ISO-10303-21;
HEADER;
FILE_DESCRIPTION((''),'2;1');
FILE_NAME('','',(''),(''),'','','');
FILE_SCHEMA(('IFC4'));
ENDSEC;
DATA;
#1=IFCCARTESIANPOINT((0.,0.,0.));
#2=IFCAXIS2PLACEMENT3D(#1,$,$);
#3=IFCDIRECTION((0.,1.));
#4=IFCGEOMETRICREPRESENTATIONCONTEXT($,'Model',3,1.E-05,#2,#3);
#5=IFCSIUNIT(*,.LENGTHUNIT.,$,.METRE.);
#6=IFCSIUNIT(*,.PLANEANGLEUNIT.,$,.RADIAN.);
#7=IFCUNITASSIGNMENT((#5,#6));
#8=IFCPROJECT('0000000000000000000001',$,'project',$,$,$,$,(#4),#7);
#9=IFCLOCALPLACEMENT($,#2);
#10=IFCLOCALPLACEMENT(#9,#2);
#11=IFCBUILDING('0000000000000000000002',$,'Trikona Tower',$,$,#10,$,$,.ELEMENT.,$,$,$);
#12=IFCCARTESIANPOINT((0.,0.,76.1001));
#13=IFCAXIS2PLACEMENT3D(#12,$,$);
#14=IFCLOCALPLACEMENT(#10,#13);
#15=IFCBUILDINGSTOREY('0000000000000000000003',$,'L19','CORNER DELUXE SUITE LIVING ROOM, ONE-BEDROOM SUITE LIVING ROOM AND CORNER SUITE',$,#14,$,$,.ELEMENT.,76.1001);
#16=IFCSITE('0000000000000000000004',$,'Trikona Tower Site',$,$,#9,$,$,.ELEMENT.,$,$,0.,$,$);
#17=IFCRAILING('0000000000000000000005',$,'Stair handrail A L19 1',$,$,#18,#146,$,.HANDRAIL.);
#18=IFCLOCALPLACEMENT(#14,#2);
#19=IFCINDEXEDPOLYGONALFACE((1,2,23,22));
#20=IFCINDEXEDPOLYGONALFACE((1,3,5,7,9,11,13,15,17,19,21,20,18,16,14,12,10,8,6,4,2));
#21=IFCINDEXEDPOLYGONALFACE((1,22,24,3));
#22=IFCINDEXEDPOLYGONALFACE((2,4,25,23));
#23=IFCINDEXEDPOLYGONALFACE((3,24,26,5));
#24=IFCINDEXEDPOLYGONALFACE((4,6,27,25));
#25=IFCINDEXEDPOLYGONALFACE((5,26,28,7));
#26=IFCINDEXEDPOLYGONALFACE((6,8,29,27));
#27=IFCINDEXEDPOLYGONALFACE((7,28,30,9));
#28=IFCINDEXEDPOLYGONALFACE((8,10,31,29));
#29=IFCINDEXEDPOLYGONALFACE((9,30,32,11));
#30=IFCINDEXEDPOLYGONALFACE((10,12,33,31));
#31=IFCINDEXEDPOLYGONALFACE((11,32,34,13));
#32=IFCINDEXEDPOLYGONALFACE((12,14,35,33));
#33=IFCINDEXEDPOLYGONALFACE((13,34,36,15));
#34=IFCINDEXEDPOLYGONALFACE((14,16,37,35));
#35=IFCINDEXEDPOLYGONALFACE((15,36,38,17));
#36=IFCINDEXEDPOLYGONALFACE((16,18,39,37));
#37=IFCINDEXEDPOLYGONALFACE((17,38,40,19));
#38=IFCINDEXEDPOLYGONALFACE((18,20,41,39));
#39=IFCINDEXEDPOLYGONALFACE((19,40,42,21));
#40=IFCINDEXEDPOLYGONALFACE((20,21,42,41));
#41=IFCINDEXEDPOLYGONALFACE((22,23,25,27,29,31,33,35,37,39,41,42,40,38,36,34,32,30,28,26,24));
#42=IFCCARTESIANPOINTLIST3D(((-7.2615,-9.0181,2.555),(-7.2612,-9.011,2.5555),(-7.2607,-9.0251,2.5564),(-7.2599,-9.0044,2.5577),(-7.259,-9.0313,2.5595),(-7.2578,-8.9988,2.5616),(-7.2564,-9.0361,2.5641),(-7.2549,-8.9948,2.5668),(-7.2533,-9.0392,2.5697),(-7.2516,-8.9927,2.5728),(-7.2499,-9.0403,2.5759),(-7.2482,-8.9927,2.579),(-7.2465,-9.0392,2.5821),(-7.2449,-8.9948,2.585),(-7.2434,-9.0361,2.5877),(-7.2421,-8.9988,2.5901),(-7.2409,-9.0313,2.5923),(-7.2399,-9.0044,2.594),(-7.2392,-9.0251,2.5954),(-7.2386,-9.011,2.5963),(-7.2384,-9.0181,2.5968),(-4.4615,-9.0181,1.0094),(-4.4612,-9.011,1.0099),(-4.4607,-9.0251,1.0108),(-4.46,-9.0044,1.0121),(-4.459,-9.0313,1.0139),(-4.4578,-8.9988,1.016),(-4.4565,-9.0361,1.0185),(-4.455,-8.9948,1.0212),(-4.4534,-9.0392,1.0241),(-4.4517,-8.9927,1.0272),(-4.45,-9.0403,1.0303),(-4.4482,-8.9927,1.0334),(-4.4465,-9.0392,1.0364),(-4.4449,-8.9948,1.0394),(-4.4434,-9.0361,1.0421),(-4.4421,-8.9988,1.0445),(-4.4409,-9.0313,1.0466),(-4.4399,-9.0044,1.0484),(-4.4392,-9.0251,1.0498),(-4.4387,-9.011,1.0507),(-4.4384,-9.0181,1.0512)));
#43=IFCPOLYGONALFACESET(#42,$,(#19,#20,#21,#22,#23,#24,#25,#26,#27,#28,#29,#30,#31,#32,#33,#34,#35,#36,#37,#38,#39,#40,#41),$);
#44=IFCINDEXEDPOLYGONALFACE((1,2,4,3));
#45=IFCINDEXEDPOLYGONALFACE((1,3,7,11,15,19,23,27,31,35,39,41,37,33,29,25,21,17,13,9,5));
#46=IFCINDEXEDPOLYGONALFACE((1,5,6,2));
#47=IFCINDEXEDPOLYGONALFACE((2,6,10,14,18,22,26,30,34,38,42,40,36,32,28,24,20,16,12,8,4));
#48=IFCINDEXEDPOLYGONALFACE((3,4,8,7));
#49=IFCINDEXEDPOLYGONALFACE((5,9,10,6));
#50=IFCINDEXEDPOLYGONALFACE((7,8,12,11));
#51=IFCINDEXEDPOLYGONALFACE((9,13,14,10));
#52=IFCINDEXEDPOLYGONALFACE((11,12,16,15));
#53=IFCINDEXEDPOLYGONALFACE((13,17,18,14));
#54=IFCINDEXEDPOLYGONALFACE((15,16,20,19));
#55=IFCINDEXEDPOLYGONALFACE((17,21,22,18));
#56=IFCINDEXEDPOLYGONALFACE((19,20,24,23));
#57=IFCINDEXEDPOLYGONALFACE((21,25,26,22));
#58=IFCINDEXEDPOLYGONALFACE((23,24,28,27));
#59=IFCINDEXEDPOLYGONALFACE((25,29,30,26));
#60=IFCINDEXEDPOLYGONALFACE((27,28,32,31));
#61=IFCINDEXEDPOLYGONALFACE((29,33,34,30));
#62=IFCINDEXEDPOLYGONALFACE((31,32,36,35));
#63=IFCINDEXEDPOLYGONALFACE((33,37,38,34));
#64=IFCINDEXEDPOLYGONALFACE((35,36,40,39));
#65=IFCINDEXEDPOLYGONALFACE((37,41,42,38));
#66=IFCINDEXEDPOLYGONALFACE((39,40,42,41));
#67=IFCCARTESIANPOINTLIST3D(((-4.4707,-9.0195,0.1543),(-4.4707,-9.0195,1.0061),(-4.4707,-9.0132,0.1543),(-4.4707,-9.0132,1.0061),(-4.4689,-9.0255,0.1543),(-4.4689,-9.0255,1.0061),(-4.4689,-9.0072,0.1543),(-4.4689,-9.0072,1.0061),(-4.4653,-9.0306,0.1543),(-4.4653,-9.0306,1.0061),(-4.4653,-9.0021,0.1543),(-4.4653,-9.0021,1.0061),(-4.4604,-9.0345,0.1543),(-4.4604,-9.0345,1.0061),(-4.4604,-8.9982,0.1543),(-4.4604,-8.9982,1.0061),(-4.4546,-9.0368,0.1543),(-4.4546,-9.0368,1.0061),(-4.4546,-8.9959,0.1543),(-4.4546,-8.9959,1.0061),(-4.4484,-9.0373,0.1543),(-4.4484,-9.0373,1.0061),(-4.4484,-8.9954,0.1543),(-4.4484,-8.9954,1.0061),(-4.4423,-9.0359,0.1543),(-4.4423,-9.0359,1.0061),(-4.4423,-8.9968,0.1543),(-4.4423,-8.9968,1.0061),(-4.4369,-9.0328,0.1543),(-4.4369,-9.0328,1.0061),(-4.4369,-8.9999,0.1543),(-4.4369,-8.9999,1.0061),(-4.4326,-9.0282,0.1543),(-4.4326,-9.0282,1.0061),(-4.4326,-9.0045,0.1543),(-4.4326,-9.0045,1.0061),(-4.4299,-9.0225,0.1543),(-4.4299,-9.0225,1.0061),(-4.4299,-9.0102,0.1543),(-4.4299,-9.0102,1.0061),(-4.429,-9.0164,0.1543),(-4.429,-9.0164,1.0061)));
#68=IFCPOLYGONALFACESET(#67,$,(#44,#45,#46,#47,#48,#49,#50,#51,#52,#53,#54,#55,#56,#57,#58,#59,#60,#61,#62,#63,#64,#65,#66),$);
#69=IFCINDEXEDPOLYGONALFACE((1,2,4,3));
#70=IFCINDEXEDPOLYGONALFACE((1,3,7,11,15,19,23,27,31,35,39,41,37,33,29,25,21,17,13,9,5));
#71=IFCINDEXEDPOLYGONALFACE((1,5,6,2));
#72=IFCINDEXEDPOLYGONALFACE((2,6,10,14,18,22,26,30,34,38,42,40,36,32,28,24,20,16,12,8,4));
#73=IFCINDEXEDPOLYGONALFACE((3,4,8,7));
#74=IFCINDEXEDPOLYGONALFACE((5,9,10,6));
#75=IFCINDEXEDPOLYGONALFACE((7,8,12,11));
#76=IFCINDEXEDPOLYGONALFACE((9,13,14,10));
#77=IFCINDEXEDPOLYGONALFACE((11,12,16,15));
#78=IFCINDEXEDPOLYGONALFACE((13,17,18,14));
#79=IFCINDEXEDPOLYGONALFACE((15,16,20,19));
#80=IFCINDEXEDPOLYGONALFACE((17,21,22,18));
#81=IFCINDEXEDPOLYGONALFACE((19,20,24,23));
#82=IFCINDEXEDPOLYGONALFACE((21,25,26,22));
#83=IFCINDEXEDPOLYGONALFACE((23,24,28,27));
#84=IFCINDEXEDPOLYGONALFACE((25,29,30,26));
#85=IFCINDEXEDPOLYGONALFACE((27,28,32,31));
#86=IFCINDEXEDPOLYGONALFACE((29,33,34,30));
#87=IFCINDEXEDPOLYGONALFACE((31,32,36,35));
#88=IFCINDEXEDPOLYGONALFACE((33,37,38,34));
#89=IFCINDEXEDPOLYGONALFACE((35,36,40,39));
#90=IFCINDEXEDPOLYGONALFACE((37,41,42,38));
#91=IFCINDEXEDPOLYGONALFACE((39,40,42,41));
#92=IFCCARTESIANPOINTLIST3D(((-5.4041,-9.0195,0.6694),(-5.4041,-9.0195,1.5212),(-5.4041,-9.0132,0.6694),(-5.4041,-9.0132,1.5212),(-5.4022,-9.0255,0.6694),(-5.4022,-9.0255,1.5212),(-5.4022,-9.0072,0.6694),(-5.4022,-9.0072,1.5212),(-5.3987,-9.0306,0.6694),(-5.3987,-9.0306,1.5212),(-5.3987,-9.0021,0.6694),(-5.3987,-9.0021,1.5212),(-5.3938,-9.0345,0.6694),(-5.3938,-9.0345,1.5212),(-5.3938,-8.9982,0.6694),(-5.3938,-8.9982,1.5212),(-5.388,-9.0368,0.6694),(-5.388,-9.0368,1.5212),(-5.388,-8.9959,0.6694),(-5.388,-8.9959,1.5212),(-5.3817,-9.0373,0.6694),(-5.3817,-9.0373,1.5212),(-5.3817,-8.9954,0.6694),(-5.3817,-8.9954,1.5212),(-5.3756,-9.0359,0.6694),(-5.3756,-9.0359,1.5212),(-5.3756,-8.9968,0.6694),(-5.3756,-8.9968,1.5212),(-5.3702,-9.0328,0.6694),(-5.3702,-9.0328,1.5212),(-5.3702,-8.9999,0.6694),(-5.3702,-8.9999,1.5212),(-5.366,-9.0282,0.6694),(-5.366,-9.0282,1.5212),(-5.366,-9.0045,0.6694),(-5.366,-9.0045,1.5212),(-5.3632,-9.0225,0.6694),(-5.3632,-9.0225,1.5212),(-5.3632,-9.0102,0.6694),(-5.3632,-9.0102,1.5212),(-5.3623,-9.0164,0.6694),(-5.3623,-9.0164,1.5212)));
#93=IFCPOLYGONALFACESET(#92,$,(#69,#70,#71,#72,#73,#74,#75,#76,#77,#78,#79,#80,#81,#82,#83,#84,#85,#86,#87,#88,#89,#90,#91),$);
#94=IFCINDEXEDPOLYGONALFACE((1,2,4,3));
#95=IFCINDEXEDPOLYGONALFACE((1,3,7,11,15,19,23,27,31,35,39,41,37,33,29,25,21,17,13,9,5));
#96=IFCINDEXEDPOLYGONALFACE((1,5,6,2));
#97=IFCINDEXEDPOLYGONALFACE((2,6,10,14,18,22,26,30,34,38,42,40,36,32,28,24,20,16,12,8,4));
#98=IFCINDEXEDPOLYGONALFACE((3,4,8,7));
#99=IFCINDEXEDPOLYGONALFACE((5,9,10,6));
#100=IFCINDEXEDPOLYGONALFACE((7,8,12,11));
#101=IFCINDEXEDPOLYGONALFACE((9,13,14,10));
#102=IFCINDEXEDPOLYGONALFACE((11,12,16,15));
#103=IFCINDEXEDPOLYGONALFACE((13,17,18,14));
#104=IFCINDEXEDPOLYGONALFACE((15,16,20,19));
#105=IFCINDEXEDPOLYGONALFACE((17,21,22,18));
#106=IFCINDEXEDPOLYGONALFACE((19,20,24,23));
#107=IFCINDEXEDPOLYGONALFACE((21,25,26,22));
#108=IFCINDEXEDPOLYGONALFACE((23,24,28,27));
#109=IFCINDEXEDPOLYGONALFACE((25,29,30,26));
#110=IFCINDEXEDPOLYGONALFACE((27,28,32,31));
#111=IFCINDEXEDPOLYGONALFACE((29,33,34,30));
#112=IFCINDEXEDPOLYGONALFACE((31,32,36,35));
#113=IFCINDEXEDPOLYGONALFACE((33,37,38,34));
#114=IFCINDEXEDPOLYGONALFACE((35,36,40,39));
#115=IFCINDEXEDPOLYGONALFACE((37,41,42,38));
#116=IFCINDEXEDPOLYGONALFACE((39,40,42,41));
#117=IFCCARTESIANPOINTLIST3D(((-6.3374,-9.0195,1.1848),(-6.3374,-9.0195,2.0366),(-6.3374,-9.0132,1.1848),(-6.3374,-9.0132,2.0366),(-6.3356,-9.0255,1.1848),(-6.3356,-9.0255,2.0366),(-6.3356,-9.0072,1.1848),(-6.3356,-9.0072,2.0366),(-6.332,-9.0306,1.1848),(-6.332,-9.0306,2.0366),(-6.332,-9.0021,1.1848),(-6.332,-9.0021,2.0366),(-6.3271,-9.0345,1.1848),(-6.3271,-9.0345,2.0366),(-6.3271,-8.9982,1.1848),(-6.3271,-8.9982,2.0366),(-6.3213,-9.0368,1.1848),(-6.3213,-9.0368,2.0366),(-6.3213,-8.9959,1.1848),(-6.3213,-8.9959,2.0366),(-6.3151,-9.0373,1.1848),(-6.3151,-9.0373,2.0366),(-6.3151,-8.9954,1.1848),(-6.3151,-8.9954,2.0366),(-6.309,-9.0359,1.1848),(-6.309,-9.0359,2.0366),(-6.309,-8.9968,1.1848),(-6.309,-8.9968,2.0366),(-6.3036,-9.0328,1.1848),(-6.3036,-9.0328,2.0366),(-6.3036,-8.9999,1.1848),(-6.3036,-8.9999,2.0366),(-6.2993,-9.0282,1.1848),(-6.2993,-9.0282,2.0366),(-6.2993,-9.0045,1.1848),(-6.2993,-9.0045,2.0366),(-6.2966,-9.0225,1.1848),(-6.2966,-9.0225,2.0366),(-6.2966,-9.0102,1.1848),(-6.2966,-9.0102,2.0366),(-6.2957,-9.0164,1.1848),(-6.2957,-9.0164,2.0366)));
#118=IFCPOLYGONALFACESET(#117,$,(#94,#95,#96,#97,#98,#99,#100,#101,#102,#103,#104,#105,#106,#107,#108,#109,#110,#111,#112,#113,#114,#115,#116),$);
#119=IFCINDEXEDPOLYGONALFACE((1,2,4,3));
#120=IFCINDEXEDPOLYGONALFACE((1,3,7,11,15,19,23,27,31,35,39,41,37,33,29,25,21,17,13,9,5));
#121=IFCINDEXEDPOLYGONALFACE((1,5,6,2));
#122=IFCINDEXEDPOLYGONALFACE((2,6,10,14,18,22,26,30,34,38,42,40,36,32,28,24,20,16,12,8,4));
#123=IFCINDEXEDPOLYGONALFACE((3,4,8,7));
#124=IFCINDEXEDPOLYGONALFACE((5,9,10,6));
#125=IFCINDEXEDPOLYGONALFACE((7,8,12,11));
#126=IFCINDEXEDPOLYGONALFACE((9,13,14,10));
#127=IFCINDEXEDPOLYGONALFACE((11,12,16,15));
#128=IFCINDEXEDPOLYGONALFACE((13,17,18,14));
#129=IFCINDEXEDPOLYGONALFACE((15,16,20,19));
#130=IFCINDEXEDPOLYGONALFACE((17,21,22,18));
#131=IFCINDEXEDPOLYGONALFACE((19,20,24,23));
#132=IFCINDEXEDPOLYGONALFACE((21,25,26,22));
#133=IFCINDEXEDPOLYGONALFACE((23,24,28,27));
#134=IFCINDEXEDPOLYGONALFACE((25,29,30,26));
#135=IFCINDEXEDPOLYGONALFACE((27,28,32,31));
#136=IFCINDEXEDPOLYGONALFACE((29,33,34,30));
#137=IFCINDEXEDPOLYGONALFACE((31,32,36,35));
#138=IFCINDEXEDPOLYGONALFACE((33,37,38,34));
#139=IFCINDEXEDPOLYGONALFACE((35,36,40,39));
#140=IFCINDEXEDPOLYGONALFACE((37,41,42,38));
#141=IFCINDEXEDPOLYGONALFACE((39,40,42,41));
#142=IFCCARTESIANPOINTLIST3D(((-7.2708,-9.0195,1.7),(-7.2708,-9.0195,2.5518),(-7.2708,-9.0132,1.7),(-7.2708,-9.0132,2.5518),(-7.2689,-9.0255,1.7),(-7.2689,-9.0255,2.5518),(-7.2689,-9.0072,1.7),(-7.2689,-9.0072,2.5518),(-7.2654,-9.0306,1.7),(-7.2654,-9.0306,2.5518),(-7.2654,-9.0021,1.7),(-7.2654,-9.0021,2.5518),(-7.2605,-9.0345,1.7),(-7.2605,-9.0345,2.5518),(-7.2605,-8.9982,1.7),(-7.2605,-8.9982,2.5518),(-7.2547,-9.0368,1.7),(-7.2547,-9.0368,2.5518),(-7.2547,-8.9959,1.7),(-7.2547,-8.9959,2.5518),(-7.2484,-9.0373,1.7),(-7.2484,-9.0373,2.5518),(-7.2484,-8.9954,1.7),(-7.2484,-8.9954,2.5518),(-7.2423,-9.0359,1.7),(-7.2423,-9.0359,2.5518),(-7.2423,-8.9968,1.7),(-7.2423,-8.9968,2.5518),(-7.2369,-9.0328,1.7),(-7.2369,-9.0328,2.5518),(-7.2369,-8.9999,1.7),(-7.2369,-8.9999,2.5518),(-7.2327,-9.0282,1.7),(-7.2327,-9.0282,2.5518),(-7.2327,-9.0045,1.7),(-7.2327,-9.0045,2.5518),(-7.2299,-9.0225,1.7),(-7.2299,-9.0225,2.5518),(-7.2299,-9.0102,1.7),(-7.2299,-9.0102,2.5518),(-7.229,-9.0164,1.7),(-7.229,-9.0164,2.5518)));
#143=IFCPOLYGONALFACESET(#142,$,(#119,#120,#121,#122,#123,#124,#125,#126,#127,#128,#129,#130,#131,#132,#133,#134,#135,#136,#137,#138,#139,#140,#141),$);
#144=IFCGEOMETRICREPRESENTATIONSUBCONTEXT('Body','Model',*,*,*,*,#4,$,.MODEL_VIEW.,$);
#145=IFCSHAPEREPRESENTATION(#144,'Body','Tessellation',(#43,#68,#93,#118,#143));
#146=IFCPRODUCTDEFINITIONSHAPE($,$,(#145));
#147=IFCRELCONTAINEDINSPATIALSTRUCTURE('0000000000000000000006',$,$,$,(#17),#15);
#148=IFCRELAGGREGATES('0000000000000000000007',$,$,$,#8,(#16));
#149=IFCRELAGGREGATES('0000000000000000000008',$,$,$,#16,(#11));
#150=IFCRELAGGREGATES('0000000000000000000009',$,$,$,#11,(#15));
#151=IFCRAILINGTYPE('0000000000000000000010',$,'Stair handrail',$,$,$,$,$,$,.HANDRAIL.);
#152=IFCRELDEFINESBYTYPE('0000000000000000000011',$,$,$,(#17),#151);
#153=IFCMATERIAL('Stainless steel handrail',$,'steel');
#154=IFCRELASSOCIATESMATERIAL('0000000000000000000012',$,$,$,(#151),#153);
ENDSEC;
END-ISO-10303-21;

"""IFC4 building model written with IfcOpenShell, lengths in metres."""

from ifc_helpers import new_model, si_unit, direction, frame, origin, origin_2d, place, context, subcontext, project, spatial, circle, extrude, material, type_object, element, save


model = new_model("IFC4")

# Units and contexts
model_context = context("Model", 3, precision=1e-05, world=origin(), true_north=direction((0.0, 1.0)))
body_context = subcontext(model_context, "Body", "Model", "MODEL_VIEW")
ifc_project = project(units=[si_unit("LENGTHUNIT", "METRE"), si_unit("PLANEANGLEUNIT", "RADIAN")], contexts=[model_context])

# Site, building, storey
site_placement = place(None, origin())
site = spatial("IfcSite", under=ifc_project, at=site_placement, Name="Trikona Tower Site", CompositionType="ELEMENT", RefElevation=0.0)
building_placement = place(site_placement, origin())
building = spatial("IfcBuilding", under=site, at=building_placement, Name="Trikona Tower", CompositionType="ELEMENT")
storey_placement = place(building_placement, frame((0.0, 0.0, 76.1001)))
storey = spatial("IfcBuildingStorey", under=building, at=storey_placement, Name="L19", Description="CORNER DELUXE SUITE LIVING ROOM, ONE-BEDROOM SUITE LIVING ROOM AND CORNER SUITE", CompositionType="ELEMENT", Elevation=76.1001)

# Railing
ifc_material_1 = material(Name="Stainless steel handrail", Category="steel")
railing_type = type_object("IfcRailingType", Name="Stair handrail", PredefinedType="HANDRAIL", material=ifc_material_1)
railing_placement = place(storey_placement, frame((-4.45, -9.0164, 0.1543)))
element("IfcRailing", 1, at=railing_placement, inside=storey, type_object=railing_type, Name="Stair handrail A L19 1", PredefinedType="HANDRAIL", context=body_context, shape_type="SweptSolid", body=[
    extrude(circle(Radius=0.0239, at=origin_2d()), frame((0.0, 0.0, 0.876), z_axis=(-0.875472, 0.0, 0.483269), x_axis=(0.0, -1.0, 0.0)), (0.0, 0.0, 1.0), 3.1982),
    extrude(circle(Radius=0.021, at=origin_2d()), origin(), (0.0, 0.0, 1.0), 0.8518),
    extrude(circle(Radius=0.021, at=origin_2d()), frame((-0.9333, 0.0, 0.5151)), (0.0, 0.0, 1.0), 0.8518),
    extrude(circle(Radius=0.021, at=origin_2d()), frame((-1.8667, 0.0, 1.0305)), (0.0, 0.0, 1.0), 0.8518),
    extrude(circle(Radius=0.021, at=origin_2d()), frame((-2.8, 0.0, 1.5457)), (0.0, 0.0, 1.0), 0.8518),
])

save(model, "model.ifc")
